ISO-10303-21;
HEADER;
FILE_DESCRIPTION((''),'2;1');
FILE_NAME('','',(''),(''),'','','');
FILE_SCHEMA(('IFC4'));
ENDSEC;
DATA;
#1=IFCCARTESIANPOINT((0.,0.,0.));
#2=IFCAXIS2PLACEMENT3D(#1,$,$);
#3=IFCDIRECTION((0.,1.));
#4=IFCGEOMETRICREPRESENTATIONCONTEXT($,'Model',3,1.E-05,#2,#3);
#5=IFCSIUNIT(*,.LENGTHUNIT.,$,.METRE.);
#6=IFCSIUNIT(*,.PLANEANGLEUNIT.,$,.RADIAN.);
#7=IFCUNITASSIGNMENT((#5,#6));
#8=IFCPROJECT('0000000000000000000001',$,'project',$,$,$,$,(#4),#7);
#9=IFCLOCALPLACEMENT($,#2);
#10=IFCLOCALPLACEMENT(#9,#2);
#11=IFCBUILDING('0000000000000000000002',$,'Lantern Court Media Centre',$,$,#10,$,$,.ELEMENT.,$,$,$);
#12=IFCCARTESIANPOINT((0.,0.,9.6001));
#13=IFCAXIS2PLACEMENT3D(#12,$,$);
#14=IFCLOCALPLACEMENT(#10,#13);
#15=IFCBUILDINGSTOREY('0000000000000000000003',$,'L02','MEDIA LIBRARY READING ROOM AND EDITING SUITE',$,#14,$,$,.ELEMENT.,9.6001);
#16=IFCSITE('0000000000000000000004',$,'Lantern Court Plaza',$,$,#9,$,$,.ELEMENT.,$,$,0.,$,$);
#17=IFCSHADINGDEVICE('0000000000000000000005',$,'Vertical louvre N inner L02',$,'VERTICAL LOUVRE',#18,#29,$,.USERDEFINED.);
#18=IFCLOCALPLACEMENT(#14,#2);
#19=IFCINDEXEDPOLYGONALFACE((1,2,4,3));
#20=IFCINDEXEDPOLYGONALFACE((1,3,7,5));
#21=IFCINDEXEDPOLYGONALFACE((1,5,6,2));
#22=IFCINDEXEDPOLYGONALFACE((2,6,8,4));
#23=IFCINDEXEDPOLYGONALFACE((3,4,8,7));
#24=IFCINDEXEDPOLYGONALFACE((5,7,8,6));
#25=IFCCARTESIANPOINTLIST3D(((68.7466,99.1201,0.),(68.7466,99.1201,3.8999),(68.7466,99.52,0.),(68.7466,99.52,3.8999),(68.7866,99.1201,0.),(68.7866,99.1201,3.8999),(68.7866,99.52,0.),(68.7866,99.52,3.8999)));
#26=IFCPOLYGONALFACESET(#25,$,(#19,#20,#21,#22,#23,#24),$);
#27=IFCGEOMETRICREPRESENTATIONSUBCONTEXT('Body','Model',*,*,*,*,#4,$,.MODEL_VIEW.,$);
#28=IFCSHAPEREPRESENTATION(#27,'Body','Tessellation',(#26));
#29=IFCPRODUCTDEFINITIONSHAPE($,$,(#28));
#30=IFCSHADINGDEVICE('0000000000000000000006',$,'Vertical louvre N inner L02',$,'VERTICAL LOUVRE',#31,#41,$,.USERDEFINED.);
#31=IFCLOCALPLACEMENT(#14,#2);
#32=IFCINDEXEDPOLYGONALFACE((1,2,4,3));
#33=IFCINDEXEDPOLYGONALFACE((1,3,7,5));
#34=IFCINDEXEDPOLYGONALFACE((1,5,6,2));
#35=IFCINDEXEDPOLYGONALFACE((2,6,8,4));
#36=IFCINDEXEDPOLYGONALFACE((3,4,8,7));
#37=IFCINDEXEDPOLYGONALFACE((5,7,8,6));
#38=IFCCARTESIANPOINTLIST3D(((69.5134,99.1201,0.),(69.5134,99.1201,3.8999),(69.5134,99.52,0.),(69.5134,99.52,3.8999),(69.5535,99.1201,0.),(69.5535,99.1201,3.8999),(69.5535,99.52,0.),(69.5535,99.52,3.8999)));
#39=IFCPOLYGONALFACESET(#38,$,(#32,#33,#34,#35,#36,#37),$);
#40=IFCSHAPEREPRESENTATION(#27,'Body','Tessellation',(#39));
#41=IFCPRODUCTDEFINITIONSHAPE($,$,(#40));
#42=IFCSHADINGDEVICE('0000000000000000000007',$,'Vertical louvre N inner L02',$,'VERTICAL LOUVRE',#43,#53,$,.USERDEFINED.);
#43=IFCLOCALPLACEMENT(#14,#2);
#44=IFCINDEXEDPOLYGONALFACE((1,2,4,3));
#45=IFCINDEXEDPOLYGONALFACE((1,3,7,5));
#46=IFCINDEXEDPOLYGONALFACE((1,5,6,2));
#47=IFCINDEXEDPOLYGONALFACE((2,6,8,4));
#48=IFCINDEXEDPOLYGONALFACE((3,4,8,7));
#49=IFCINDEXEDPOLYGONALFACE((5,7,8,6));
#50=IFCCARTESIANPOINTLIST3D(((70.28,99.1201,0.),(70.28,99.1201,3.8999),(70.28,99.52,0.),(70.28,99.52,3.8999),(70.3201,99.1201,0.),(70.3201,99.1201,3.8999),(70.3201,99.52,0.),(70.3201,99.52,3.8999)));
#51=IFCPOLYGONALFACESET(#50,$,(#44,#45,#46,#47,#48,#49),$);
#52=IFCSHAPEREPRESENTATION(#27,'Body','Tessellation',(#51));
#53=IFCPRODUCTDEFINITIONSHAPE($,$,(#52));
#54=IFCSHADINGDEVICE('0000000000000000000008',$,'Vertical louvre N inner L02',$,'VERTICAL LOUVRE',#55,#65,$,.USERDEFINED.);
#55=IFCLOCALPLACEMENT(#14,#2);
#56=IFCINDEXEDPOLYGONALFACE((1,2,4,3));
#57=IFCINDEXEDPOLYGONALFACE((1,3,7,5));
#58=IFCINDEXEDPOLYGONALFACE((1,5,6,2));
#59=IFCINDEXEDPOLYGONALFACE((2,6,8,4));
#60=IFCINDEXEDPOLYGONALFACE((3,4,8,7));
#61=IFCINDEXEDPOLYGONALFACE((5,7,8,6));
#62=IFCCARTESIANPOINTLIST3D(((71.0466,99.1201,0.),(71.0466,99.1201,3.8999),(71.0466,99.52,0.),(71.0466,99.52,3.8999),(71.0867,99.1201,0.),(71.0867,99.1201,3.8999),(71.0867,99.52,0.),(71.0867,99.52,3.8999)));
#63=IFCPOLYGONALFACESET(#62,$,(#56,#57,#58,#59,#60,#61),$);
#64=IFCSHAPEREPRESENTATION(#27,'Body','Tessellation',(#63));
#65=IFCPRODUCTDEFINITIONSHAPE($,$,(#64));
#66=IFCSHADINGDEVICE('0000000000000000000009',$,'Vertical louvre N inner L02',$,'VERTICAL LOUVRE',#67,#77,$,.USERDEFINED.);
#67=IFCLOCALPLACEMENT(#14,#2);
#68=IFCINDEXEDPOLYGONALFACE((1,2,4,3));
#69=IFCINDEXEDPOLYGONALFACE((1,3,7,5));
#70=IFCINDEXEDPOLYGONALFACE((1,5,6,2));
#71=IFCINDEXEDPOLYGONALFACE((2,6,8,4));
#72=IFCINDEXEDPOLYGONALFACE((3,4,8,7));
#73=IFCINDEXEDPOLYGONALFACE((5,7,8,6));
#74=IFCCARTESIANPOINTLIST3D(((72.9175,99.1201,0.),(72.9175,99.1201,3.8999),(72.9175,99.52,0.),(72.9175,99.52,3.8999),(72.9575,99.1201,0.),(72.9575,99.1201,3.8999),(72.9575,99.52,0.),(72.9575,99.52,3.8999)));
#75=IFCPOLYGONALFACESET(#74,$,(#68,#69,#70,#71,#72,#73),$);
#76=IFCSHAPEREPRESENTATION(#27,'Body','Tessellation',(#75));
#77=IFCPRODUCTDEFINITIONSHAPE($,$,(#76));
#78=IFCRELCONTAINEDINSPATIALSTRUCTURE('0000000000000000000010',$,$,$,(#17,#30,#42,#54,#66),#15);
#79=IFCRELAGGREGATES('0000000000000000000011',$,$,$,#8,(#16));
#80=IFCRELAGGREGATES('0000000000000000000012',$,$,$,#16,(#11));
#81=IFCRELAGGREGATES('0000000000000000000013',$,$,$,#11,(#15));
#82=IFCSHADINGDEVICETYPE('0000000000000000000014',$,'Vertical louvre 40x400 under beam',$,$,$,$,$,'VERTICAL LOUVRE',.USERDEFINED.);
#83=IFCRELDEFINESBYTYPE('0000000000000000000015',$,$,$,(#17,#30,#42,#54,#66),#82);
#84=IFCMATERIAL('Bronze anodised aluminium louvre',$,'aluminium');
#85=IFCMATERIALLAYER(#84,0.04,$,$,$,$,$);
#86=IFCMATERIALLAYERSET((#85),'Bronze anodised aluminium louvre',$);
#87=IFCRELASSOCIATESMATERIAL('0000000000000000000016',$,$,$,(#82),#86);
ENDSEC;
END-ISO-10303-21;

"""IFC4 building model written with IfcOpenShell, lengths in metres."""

from ifc_helpers import new_model, si_unit, direction, frame, origin, origin_2d, place, context, subcontext, project, spatial, rectangle, extrude, material, layer, layer_set, type_object, element, save


model = new_model("IFC4")

# Units and contexts
model_context = context("Model", 3, precision=1e-05, world=origin(), true_north=direction((0.0, 1.0)))
body_context = subcontext(model_context, "Body", "Model", "MODEL_VIEW")
ifc_project = project(units=[si_unit("LENGTHUNIT", "METRE"), si_unit("PLANEANGLEUNIT", "RADIAN")], contexts=[model_context])

# Site, building, storey
site_placement = place(None, origin())
site = spatial("IfcSite", under=ifc_project, at=site_placement, Name="Lantern Court Plaza", CompositionType="ELEMENT", RefElevation=0.0)
building_placement = place(site_placement, origin())
building = spatial("IfcBuilding", under=site, at=building_placement, Name="Lantern Court Media Centre", CompositionType="ELEMENT")
storey_placement = place(building_placement, frame((0.0, 0.0, 9.6001)))
storey = spatial("IfcBuildingStorey", under=building, at=storey_placement, Name="L02", Description="MEDIA LIBRARY READING ROOM AND EDITING SUITE", CompositionType="ELEMENT", Elevation=9.6001)

# Shading devices
ifc_material_1 = material(Name="Bronze anodised aluminium louvre", Category="aluminium")
ifc_layer = layer(ifc_material_1, 0.04)
ifc_layer_set = layer_set([ifc_layer], Name="Bronze anodised aluminium louvre")
shading_device_type = type_object("IfcShadingDeviceType", Name="Vertical louvre 40x400 under beam", ElementType="VERTICAL LOUVRE", PredefinedType="USERDEFINED", material=ifc_layer_set)
for number, where, z_axis, x_axis, name in (
    (1, (68.7666, 99.3201, 0.0), (0.0, 0.0, 1.0), (1.0, 0.0, 0.0), "Vertical louvre N inner L02"),
    (2, (69.5334, 99.3201, 0.0), (0.0, 0.0, 1.0), (1.0, 0.0, 0.0), "Vertical louvre N inner L02"),
    (3, (70.3, 99.3201, 0.0), (0.0, 0.0, 1.0), (1.0, 0.0, 0.0), "Vertical louvre N inner L02"),
    (4, (71.0667, 99.3201, 0.0), (0.0, 0.0, 1.0), (1.0, 0.0, 0.0), "Vertical louvre N inner L02"),
    (5, (72.9375, 99.3201, 0.0), (0.0, 0.0, 1.0), (1.0, 0.0, 0.0), "Vertical louvre N inner L02"),
):
    element("IfcShadingDevice", number, at=place(storey_placement, frame(where, z_axis=z_axis, x_axis=x_axis)), inside=storey, type_object=shading_device_type, Name=name, ObjectType="VERTICAL LOUVRE", PredefinedType="USERDEFINED", context=body_context, shape_type="SweptSolid", body=[
        extrude(rectangle(XDim=0.04, YDim=0.3999, at=origin_2d()), origin(), (0.0, 0.0, 1.0), 3.8999),
    ])

save(model, "model.ifc")
